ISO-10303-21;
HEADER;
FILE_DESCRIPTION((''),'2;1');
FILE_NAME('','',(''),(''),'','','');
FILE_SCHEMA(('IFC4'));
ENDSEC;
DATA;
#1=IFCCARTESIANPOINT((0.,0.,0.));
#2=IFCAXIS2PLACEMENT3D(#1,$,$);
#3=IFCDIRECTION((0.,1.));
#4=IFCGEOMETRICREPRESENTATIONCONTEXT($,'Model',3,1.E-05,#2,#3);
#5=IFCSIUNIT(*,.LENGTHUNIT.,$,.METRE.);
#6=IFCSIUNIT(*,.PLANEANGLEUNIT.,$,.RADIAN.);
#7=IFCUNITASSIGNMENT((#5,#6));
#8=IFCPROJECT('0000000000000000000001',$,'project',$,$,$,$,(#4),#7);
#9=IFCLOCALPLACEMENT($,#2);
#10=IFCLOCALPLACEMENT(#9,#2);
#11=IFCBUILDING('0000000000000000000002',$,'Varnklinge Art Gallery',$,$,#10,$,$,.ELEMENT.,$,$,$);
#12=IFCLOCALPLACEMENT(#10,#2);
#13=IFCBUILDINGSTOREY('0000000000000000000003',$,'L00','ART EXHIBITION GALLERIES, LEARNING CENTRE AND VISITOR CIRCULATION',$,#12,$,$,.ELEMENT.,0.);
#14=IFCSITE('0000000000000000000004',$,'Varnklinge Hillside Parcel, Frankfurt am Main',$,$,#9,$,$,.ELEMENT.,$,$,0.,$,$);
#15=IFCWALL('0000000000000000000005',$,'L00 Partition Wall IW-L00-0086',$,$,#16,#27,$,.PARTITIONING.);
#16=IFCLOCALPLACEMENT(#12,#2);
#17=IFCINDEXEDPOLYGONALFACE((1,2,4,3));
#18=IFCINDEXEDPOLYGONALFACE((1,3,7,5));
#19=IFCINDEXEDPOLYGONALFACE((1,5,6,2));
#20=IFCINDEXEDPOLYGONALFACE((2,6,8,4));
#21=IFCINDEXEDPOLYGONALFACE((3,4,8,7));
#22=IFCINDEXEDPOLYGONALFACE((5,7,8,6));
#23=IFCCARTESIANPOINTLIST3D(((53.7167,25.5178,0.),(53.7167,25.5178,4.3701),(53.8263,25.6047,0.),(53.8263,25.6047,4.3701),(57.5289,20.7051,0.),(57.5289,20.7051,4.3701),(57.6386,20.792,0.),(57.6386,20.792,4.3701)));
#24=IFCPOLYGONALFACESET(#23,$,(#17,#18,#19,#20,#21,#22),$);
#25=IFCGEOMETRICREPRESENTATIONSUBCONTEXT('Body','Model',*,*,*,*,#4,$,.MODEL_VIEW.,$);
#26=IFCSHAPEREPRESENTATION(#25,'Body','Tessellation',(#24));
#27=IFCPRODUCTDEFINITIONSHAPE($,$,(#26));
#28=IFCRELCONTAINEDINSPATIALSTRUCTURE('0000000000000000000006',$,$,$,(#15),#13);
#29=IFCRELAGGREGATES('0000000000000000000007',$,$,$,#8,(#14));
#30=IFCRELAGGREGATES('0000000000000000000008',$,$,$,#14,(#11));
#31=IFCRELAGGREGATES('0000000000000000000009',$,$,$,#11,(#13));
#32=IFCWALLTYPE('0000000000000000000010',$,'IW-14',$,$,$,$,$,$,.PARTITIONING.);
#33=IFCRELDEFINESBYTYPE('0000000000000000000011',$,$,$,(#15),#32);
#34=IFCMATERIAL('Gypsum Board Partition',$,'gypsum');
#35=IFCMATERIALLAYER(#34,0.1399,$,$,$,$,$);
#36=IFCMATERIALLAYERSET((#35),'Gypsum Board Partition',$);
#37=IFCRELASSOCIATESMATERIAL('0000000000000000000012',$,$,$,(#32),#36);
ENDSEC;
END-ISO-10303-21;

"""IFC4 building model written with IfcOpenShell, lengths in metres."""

from ifc_helpers import new_model, si_unit, direction, frame, frame_2d, origin, place, context, subcontext, project, spatial, rectangle, extrude, material, layer, layer_set, type_object, element, save


model = new_model("IFC4")

# Units and contexts
model_context = context("Model", 3, precision=1e-05, world=origin(), true_north=direction((0.0, 1.0)))
body_context = subcontext(model_context, "Body", "Model", "MODEL_VIEW")
ifc_project = project(units=[si_unit("LENGTHUNIT", "METRE"), si_unit("PLANEANGLEUNIT", "RADIAN")], contexts=[model_context])

# Site, building, storey
site_placement = place(None, origin())
site = spatial("IfcSite", under=ifc_project, at=site_placement, Name="Varnklinge Hillside Parcel, Frankfurt am Main", CompositionType="ELEMENT", RefElevation=0.0)
building_placement = place(site_placement, origin())
building = spatial("IfcBuilding", under=site, at=building_placement, Name="Varnklinge Art Gallery", CompositionType="ELEMENT")
storey_placement = place(building_placement, origin())
storey = spatial("IfcBuildingStorey", under=building, at=storey_placement, Name="L00", Description="ART EXHIBITION GALLERIES, LEARNING CENTRE AND VISITOR CIRCULATION", CompositionType="ELEMENT", Elevation=0.0)

# Wall
ifc_material_1 = material(Name="Gypsum Board Partition", Category="gypsum")
ifc_layer_1 = layer(ifc_material_1, 0.1399)
ifc_layer_set_1 = layer_set([ifc_layer_1], Name="Gypsum Board Partition")
wall_type = type_object("IfcWallType", Name="IW-14", PredefinedType="PARTITIONING", material=ifc_layer_set_1)
wall_placement = place(storey_placement, frame((57.5837, 20.7485, 0.0), z_axis=(0.0, 0.0, 1.0), x_axis=(-0.62092, 0.783874, 0.0)))
element("IfcWall", 1, at=wall_placement, inside=storey, type_object=wall_type, Name="L00 Partition Wall IW-L00-0086", PredefinedType="PARTITIONING", context=body_context, shape_type="SweptSolid", body=[
    extrude(rectangle(XDim=6.1396, YDim=0.1399, at=frame_2d((3.0698, 0.0))), origin(), (0.0, 0.0, 1.0), 4.3701),
])

save(model, "model.ifc")
